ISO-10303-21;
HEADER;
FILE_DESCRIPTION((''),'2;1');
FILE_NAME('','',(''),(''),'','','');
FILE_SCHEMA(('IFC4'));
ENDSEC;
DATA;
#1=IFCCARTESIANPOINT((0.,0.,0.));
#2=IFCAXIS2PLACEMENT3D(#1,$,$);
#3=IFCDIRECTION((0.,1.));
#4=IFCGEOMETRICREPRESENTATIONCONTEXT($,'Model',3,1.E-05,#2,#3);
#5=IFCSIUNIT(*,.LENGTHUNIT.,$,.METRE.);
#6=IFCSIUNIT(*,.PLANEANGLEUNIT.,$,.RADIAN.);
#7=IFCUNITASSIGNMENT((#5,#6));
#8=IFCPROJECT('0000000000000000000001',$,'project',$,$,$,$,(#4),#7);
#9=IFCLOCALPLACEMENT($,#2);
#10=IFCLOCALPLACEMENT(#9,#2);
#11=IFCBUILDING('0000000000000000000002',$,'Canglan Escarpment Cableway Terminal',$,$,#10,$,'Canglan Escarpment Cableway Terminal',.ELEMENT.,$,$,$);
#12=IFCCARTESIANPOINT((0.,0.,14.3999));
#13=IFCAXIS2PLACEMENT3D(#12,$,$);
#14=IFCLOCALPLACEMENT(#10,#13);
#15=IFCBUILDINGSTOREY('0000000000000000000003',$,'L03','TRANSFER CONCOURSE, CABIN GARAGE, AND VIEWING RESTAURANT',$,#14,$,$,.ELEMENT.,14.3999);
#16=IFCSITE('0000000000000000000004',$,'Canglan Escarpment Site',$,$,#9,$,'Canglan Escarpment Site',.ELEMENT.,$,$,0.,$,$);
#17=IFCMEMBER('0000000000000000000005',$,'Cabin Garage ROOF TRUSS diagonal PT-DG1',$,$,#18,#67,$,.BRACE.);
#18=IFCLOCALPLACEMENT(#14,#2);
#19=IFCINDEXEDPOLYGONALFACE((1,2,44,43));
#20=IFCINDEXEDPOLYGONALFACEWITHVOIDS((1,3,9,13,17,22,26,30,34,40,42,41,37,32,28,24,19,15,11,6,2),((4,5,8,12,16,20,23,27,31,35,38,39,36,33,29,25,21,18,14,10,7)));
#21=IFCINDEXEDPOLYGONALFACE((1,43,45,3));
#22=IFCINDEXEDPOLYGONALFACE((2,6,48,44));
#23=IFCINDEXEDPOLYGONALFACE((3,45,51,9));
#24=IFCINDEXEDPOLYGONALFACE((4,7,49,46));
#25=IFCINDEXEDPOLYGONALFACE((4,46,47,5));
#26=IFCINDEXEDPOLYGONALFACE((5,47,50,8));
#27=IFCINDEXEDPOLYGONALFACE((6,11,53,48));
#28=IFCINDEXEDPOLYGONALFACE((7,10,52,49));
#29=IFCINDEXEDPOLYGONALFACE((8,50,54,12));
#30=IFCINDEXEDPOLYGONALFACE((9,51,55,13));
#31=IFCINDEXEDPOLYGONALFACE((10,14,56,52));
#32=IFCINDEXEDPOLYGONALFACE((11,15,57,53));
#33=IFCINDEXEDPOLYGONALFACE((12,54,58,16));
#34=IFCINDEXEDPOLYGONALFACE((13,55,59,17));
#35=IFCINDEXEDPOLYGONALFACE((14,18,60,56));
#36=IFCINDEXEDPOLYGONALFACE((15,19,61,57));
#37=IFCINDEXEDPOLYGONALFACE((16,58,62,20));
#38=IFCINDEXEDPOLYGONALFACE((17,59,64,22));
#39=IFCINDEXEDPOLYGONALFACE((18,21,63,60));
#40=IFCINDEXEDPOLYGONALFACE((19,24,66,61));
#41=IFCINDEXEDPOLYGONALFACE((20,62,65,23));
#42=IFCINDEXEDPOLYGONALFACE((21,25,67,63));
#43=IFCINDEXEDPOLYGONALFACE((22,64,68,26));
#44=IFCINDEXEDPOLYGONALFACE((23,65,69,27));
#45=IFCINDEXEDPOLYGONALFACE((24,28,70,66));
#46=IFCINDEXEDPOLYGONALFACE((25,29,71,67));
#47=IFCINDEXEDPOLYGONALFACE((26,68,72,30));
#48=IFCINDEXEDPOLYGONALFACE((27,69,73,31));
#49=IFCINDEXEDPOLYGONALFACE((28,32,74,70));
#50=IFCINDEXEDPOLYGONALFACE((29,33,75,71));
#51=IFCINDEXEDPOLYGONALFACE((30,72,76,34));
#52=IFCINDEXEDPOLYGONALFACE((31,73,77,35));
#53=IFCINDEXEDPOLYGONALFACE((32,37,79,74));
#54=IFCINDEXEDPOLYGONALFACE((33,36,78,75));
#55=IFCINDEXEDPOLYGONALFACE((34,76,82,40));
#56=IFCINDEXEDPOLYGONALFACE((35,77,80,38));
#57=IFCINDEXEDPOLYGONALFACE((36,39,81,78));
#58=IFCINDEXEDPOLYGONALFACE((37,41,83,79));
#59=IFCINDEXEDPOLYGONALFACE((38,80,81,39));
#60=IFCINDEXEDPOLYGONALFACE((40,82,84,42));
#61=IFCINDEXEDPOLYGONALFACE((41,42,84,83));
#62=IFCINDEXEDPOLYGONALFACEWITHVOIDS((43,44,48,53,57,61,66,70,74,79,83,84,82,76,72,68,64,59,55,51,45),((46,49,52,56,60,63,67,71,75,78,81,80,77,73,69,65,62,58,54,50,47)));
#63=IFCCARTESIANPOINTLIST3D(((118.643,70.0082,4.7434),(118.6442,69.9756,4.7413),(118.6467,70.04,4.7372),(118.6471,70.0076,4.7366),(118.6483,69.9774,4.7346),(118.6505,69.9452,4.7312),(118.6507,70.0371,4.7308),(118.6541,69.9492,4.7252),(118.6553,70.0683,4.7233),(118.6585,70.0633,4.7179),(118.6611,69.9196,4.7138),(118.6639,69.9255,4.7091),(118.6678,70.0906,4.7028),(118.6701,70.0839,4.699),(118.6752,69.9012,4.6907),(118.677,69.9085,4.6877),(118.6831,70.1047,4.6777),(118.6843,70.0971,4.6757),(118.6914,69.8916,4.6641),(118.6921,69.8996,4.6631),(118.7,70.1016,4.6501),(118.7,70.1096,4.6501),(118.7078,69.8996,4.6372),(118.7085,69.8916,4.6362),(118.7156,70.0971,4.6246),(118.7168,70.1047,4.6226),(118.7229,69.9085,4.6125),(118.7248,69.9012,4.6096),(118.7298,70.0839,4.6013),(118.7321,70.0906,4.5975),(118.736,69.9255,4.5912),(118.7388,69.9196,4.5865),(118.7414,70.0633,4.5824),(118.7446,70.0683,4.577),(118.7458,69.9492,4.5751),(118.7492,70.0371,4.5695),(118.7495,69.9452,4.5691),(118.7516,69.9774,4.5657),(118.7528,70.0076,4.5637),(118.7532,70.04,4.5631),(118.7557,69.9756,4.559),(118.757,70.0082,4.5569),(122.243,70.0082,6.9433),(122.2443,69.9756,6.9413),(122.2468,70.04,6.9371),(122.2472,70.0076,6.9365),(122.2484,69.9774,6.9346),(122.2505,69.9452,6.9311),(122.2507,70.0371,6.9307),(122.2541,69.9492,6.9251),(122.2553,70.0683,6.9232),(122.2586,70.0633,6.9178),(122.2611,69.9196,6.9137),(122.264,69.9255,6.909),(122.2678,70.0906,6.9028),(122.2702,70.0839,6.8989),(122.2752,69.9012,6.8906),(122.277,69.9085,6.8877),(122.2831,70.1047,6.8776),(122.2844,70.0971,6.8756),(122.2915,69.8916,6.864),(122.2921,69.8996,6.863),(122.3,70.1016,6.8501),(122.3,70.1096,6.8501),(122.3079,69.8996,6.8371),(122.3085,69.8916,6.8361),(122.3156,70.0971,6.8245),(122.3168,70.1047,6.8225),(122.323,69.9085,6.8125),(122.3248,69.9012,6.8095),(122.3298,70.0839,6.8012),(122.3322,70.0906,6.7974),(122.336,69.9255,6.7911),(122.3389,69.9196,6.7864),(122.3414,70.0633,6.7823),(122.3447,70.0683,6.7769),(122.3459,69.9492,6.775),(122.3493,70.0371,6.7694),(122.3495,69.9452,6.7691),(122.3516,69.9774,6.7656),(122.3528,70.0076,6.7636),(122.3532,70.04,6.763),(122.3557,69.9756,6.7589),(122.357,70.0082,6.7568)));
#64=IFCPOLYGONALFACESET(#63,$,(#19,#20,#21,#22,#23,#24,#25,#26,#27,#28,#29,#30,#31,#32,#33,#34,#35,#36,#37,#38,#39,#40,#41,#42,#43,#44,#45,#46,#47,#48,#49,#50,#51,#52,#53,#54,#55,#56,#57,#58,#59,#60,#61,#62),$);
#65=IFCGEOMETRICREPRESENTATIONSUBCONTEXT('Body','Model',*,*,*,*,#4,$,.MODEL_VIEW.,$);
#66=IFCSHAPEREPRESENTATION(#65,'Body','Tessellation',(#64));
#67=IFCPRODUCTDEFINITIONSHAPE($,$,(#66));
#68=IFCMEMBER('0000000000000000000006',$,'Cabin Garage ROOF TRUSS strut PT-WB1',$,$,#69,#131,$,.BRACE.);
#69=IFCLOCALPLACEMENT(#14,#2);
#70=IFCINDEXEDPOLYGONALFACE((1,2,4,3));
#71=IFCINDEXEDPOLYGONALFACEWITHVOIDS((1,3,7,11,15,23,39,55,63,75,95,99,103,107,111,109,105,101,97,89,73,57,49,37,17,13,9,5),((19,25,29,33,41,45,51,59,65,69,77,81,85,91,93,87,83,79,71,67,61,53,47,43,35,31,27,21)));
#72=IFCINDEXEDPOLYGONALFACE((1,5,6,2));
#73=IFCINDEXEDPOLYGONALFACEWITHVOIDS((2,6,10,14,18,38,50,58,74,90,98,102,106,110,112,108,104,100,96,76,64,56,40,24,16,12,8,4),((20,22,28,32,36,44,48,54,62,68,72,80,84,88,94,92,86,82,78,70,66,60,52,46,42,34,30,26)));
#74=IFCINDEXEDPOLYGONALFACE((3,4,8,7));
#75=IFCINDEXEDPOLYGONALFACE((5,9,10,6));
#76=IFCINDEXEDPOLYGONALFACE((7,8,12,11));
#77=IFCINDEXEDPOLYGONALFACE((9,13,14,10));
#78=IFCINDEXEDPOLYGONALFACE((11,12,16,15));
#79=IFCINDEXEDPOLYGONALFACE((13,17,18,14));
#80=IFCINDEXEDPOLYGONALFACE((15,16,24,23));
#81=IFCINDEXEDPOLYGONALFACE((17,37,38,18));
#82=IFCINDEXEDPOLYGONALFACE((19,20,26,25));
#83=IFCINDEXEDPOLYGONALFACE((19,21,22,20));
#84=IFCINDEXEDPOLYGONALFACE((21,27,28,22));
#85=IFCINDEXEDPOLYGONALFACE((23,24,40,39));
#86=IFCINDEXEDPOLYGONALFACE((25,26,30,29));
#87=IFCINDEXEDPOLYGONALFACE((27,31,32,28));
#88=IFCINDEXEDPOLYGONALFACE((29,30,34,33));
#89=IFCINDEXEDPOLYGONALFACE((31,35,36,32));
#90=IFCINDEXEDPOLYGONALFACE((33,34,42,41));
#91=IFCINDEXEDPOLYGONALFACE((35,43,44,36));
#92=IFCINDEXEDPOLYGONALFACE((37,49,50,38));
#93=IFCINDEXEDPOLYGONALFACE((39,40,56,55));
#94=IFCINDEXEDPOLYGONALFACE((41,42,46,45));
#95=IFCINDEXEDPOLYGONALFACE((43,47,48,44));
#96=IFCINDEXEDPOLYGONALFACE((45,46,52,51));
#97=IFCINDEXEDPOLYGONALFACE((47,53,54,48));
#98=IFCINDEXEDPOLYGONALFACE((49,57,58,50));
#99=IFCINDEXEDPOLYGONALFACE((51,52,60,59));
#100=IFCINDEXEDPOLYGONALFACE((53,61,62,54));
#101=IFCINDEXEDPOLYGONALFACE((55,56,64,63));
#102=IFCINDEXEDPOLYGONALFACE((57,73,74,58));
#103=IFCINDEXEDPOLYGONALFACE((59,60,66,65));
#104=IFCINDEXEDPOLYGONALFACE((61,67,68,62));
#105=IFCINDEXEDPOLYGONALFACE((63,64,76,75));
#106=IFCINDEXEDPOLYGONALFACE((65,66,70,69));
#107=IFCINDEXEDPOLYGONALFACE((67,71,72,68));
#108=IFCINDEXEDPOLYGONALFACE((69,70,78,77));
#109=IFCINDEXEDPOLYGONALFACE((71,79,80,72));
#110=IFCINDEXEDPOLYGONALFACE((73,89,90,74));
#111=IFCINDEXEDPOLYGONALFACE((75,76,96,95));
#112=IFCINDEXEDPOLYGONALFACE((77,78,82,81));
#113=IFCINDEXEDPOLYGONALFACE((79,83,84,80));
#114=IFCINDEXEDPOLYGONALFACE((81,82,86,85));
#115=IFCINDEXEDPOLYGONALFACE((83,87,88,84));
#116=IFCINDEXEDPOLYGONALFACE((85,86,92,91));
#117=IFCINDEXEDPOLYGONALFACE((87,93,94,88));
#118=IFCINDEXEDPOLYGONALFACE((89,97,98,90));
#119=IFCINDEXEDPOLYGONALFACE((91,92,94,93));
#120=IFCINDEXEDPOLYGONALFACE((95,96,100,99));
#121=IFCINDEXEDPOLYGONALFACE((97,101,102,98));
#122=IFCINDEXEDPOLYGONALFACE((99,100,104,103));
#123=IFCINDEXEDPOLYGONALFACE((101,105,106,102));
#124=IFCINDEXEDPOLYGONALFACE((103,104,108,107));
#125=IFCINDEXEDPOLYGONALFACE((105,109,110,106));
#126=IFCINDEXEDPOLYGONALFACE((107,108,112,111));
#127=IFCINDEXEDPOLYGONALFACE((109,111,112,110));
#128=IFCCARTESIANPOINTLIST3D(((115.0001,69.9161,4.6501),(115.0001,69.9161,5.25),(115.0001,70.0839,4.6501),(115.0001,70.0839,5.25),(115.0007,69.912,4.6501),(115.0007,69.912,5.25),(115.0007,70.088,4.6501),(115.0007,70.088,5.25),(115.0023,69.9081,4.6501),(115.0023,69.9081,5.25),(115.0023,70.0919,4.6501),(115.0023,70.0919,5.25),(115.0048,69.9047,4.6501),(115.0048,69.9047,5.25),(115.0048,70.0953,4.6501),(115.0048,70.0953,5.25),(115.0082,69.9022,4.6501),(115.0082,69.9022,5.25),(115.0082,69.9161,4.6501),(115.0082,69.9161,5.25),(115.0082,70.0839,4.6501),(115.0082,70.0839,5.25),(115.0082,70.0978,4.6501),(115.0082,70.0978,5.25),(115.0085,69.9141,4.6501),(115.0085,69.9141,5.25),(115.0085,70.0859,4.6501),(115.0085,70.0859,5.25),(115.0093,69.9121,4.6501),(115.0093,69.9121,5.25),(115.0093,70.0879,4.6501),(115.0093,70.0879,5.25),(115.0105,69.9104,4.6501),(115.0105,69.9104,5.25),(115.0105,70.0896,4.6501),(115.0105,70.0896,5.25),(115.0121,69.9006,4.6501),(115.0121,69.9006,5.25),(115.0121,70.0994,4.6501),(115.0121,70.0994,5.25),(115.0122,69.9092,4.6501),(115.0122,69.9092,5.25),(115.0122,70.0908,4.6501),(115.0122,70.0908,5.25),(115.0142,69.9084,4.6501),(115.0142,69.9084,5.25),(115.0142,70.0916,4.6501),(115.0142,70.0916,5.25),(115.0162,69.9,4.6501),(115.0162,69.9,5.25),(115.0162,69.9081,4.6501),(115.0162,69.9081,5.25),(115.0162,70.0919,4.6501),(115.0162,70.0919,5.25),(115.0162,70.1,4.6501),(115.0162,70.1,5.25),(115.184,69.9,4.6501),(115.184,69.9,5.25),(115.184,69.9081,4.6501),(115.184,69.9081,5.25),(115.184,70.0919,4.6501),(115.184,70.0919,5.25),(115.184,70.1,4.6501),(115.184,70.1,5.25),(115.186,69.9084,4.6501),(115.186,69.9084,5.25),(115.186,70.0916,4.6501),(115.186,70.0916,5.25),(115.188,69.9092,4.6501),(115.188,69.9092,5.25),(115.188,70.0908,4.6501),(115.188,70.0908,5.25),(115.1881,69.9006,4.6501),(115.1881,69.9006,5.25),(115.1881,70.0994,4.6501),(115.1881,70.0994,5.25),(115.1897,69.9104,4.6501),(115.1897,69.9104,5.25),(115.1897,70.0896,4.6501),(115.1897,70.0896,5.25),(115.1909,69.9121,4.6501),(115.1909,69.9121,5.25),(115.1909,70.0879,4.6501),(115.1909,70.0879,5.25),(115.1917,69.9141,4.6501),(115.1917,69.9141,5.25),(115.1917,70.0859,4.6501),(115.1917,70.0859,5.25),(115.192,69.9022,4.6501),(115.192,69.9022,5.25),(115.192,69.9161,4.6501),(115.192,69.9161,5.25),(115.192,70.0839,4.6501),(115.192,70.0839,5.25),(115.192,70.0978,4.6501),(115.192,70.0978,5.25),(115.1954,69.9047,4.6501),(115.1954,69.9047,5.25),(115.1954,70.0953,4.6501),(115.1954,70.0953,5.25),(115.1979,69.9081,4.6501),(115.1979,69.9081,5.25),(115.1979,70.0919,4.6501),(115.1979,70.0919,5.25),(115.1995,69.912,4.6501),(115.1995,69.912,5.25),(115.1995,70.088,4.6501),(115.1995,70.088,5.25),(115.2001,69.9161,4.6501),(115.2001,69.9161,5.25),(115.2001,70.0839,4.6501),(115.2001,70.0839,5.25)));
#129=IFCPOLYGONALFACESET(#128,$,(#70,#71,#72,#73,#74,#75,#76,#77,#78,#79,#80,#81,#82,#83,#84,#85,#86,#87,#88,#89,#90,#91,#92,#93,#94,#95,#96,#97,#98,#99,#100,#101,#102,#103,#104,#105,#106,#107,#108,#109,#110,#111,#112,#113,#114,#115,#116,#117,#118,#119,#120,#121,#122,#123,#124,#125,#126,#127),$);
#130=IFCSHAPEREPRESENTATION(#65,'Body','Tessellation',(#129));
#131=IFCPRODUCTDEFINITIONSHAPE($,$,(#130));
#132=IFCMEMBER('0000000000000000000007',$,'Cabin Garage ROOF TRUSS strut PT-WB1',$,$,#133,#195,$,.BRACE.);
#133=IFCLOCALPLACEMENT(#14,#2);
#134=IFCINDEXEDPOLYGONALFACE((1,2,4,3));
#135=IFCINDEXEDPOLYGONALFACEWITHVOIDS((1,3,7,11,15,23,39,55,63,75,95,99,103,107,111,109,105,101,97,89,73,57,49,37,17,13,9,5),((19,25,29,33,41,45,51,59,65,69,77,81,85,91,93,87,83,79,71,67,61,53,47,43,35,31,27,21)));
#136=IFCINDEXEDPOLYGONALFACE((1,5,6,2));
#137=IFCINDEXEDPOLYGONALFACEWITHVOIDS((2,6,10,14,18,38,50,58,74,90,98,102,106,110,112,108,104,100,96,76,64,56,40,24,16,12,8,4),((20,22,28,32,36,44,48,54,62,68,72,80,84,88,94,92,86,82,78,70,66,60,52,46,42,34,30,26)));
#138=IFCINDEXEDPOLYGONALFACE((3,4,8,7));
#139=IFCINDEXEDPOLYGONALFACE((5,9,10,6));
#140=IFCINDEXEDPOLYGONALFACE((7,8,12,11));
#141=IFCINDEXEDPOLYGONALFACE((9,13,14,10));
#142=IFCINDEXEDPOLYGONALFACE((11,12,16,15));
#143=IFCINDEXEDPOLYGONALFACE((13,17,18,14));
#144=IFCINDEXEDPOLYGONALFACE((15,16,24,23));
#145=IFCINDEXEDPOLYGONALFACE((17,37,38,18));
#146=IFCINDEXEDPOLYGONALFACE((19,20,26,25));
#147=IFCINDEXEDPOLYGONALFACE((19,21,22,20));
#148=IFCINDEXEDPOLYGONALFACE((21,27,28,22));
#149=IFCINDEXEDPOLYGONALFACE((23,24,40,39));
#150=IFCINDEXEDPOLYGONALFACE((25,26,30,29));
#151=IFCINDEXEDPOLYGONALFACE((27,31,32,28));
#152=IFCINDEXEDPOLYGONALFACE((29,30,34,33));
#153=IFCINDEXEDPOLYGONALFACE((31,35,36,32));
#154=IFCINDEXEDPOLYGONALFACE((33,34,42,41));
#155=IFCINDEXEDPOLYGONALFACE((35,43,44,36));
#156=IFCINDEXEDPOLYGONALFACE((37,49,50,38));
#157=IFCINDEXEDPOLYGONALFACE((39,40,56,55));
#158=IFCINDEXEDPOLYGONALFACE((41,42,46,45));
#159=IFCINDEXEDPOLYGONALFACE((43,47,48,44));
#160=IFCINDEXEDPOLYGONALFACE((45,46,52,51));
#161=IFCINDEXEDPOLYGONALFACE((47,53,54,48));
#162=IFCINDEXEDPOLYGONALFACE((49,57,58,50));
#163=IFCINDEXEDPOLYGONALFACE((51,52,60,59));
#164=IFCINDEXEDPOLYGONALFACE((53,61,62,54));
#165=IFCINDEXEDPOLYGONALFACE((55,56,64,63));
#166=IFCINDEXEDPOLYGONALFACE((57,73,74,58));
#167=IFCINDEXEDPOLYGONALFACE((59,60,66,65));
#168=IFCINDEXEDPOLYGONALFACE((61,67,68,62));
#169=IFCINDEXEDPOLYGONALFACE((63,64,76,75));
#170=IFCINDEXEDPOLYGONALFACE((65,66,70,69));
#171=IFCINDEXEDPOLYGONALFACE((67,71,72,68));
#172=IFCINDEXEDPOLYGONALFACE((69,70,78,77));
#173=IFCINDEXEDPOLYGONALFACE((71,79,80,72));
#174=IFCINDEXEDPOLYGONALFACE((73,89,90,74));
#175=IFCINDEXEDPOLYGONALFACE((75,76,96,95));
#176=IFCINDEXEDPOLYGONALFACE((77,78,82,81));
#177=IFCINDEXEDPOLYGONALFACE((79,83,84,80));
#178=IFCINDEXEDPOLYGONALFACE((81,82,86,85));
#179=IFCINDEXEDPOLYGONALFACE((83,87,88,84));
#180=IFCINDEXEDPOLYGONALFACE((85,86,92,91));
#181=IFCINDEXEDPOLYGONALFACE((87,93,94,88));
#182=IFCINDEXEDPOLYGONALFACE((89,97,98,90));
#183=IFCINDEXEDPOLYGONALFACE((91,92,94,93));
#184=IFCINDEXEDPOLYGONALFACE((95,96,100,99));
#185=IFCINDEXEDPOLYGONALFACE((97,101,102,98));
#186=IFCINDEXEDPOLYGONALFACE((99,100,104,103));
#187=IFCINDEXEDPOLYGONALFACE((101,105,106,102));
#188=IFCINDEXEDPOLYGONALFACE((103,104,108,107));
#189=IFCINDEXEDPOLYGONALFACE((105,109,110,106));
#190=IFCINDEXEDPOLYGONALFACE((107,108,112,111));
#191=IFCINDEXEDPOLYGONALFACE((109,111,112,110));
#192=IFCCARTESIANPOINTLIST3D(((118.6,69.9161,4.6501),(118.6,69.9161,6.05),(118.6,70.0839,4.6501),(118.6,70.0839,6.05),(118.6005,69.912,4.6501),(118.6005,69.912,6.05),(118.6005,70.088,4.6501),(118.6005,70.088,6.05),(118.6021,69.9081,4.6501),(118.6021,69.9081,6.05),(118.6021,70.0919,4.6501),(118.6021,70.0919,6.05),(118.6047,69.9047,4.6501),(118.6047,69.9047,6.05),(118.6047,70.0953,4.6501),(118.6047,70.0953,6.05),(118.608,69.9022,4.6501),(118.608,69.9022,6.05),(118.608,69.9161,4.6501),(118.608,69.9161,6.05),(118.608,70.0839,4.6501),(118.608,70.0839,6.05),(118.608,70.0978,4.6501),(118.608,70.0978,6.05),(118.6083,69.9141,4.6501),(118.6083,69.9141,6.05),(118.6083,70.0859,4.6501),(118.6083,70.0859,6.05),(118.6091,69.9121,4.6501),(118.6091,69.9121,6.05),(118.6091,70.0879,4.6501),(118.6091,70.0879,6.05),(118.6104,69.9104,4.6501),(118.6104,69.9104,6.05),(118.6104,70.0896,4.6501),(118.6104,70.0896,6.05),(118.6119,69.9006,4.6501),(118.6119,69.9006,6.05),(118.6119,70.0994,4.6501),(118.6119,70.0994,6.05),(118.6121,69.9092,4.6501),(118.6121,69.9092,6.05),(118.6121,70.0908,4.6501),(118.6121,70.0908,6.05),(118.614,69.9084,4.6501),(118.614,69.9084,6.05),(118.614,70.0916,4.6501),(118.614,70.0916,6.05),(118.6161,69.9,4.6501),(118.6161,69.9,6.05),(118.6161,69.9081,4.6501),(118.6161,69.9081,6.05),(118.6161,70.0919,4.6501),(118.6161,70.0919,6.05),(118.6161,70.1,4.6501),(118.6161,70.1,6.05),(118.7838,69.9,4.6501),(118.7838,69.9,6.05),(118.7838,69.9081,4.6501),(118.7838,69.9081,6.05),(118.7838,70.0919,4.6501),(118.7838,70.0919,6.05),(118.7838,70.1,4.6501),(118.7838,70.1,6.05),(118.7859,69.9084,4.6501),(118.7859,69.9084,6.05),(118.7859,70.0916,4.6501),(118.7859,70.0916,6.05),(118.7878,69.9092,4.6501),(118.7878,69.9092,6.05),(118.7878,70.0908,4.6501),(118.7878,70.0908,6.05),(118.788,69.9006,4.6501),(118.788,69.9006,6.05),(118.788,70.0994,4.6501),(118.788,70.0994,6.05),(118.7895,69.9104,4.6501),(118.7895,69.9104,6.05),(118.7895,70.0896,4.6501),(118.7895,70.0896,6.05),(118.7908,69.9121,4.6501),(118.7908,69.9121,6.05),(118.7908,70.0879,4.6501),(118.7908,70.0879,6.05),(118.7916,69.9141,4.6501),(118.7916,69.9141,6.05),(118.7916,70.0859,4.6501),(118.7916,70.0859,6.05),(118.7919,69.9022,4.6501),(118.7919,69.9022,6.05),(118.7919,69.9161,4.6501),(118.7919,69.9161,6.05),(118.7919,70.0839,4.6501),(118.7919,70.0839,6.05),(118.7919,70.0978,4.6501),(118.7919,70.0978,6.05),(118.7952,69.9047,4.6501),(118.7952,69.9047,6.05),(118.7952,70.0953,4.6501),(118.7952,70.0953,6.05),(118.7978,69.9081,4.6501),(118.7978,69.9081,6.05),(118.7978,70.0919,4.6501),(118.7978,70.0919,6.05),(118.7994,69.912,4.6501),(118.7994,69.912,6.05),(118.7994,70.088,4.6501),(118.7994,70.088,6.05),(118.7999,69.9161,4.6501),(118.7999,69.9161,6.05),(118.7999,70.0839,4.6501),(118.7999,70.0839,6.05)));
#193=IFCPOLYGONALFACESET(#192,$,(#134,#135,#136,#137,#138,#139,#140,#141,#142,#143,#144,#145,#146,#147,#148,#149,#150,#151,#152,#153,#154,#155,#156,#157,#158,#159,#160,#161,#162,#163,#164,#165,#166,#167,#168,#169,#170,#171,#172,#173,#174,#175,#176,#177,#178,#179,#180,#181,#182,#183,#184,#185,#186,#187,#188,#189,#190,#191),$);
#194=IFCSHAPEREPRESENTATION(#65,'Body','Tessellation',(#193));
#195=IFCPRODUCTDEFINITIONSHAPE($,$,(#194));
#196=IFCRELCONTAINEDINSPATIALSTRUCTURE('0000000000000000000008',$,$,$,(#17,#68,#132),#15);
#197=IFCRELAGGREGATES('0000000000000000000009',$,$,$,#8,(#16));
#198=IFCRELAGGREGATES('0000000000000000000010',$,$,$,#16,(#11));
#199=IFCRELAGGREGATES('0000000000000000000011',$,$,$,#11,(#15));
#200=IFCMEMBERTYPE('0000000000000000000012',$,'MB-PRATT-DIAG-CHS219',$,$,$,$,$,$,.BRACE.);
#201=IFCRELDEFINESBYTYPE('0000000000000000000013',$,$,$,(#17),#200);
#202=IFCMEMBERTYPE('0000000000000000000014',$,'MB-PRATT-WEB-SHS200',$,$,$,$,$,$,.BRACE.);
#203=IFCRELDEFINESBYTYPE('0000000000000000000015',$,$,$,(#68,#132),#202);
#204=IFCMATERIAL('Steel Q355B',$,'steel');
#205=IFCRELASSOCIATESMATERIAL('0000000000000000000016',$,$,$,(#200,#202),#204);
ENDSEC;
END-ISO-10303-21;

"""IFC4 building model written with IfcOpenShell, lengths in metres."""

from ifc_helpers import new_model, si_unit, direction, frame, origin, origin_2d, place, context, subcontext, project, spatial, hollow_rectangle, hollow_circle, extrude, material, material_profile, profile_set, type_object, element, save


model = new_model("IFC4")

# Units and contexts
model_context = context("Model", 3, precision=1e-05, world=origin(), true_north=direction((0.0, 1.0)))
body_context = subcontext(model_context, "Body", "Model", "MODEL_VIEW")
ifc_project = project(units=[si_unit("LENGTHUNIT", "METRE"), si_unit("PLANEANGLEUNIT", "RADIAN")], contexts=[model_context])

# Site, building, storey
site_placement = place(None, origin())
site = spatial("IfcSite", under=ifc_project, at=site_placement, Name="Canglan Escarpment Site", LongName="Canglan Escarpment Site", CompositionType="ELEMENT", RefElevation=0.0)
building_placement = place(site_placement, origin())
building = spatial("IfcBuilding", under=site, at=building_placement, Name="Canglan Escarpment Cableway Terminal", LongName="Canglan Escarpment Cableway Terminal", CompositionType="ELEMENT")
storey_placement = place(building_placement, frame((0.0, 0.0, 14.3999)))
storey = spatial("IfcBuildingStorey", under=building, at=storey_placement, Name="L03", Description="TRANSFER CONCOURSE, CABIN GARAGE, AND VIEWING RESTAURANT", CompositionType="ELEMENT", Elevation=14.3999)

# Shared definitions
ifc_material_1 = material(Name="Steel Q355B", Category="steel")

# Members
ifc_material_profile_1 = material_profile(ifc_material_1, hollow_circle(Radius=0.1096, WallThickness=0.0081, at=origin_2d()), Name="CHS 219.1x8")
ifc_profile_set_1 = profile_set([ifc_material_profile_1], Name="Steel Q355B")
member_type_1 = type_object("IfcMemberType", Name="MB-PRATT-DIAG-CHS219", PredefinedType="BRACE", material=ifc_profile_set_1)
member_1_placement = place(storey_placement, frame((118.7, 70.0, 4.6501), z_axis=(0.853293, 0.0, 0.521431), x_axis=(0.0, 1.0, 0.0)))
element("IfcMember", 1, at=member_1_placement, inside=storey, type_object=member_type_1, Name="Cabin Garage ROOF TRUSS diagonal PT-DG1", PredefinedType="BRACE", context=body_context, shape_type="SweptSolid", body=[
    extrude(hollow_circle(Radius=0.1096, WallThickness=0.0081, at=origin_2d()), origin(), (0.0, 0.0, 1.0), 4.219),
])
ifc_material_profile_2 = material_profile(ifc_material_1, hollow_rectangle(XDim=0.2, YDim=0.2, WallThickness=0.0081, InnerFilletRadius=0.0081, OuterFilletRadius=0.0161, at=origin_2d()), Name="SHS 200x200x8")
ifc_profile_set_2 = profile_set([ifc_material_profile_2], Name="Steel Q355B")
member_type_2 = type_object("IfcMemberType", Name="MB-PRATT-WEB-SHS200", PredefinedType="BRACE", material=ifc_profile_set_2)
member_2_placement = place(storey_placement, frame((115.1001, 70.0, 4.6501), z_axis=(0.0, 0.0, 1.0), x_axis=(1.0, 0.0, 0.0)))
element("IfcMember", 2, at=member_2_placement, inside=storey, type_object=member_type_2, Name="Cabin Garage ROOF TRUSS strut PT-WB1", PredefinedType="BRACE", context=body_context, shape_type="SweptSolid", body=[
    extrude(hollow_rectangle(XDim=0.2, YDim=0.2, WallThickness=0.0081, InnerFilletRadius=0.0081, OuterFilletRadius=0.0161, at=origin_2d()), origin(), (0.0, 0.0, 1.0), 0.5999),
])
member_3_placement = place(storey_placement, frame((118.7, 70.0, 4.6501), z_axis=(0.0, 0.0, 1.0), x_axis=(1.0, 0.0, 0.0)))
element("IfcMember", 3, at=member_3_placement, inside=storey, type_object=member_type_2, Name="Cabin Garage ROOF TRUSS strut PT-WB1", PredefinedType="BRACE", context=body_context, shape_type="SweptSolid", body=[
    extrude(hollow_rectangle(XDim=0.2, YDim=0.2, WallThickness=0.0081, InnerFilletRadius=0.0081, OuterFilletRadius=0.0161, at=origin_2d()), origin(), (0.0, 0.0, 1.0), 1.3999),
])

save(model, "model.ifc")
